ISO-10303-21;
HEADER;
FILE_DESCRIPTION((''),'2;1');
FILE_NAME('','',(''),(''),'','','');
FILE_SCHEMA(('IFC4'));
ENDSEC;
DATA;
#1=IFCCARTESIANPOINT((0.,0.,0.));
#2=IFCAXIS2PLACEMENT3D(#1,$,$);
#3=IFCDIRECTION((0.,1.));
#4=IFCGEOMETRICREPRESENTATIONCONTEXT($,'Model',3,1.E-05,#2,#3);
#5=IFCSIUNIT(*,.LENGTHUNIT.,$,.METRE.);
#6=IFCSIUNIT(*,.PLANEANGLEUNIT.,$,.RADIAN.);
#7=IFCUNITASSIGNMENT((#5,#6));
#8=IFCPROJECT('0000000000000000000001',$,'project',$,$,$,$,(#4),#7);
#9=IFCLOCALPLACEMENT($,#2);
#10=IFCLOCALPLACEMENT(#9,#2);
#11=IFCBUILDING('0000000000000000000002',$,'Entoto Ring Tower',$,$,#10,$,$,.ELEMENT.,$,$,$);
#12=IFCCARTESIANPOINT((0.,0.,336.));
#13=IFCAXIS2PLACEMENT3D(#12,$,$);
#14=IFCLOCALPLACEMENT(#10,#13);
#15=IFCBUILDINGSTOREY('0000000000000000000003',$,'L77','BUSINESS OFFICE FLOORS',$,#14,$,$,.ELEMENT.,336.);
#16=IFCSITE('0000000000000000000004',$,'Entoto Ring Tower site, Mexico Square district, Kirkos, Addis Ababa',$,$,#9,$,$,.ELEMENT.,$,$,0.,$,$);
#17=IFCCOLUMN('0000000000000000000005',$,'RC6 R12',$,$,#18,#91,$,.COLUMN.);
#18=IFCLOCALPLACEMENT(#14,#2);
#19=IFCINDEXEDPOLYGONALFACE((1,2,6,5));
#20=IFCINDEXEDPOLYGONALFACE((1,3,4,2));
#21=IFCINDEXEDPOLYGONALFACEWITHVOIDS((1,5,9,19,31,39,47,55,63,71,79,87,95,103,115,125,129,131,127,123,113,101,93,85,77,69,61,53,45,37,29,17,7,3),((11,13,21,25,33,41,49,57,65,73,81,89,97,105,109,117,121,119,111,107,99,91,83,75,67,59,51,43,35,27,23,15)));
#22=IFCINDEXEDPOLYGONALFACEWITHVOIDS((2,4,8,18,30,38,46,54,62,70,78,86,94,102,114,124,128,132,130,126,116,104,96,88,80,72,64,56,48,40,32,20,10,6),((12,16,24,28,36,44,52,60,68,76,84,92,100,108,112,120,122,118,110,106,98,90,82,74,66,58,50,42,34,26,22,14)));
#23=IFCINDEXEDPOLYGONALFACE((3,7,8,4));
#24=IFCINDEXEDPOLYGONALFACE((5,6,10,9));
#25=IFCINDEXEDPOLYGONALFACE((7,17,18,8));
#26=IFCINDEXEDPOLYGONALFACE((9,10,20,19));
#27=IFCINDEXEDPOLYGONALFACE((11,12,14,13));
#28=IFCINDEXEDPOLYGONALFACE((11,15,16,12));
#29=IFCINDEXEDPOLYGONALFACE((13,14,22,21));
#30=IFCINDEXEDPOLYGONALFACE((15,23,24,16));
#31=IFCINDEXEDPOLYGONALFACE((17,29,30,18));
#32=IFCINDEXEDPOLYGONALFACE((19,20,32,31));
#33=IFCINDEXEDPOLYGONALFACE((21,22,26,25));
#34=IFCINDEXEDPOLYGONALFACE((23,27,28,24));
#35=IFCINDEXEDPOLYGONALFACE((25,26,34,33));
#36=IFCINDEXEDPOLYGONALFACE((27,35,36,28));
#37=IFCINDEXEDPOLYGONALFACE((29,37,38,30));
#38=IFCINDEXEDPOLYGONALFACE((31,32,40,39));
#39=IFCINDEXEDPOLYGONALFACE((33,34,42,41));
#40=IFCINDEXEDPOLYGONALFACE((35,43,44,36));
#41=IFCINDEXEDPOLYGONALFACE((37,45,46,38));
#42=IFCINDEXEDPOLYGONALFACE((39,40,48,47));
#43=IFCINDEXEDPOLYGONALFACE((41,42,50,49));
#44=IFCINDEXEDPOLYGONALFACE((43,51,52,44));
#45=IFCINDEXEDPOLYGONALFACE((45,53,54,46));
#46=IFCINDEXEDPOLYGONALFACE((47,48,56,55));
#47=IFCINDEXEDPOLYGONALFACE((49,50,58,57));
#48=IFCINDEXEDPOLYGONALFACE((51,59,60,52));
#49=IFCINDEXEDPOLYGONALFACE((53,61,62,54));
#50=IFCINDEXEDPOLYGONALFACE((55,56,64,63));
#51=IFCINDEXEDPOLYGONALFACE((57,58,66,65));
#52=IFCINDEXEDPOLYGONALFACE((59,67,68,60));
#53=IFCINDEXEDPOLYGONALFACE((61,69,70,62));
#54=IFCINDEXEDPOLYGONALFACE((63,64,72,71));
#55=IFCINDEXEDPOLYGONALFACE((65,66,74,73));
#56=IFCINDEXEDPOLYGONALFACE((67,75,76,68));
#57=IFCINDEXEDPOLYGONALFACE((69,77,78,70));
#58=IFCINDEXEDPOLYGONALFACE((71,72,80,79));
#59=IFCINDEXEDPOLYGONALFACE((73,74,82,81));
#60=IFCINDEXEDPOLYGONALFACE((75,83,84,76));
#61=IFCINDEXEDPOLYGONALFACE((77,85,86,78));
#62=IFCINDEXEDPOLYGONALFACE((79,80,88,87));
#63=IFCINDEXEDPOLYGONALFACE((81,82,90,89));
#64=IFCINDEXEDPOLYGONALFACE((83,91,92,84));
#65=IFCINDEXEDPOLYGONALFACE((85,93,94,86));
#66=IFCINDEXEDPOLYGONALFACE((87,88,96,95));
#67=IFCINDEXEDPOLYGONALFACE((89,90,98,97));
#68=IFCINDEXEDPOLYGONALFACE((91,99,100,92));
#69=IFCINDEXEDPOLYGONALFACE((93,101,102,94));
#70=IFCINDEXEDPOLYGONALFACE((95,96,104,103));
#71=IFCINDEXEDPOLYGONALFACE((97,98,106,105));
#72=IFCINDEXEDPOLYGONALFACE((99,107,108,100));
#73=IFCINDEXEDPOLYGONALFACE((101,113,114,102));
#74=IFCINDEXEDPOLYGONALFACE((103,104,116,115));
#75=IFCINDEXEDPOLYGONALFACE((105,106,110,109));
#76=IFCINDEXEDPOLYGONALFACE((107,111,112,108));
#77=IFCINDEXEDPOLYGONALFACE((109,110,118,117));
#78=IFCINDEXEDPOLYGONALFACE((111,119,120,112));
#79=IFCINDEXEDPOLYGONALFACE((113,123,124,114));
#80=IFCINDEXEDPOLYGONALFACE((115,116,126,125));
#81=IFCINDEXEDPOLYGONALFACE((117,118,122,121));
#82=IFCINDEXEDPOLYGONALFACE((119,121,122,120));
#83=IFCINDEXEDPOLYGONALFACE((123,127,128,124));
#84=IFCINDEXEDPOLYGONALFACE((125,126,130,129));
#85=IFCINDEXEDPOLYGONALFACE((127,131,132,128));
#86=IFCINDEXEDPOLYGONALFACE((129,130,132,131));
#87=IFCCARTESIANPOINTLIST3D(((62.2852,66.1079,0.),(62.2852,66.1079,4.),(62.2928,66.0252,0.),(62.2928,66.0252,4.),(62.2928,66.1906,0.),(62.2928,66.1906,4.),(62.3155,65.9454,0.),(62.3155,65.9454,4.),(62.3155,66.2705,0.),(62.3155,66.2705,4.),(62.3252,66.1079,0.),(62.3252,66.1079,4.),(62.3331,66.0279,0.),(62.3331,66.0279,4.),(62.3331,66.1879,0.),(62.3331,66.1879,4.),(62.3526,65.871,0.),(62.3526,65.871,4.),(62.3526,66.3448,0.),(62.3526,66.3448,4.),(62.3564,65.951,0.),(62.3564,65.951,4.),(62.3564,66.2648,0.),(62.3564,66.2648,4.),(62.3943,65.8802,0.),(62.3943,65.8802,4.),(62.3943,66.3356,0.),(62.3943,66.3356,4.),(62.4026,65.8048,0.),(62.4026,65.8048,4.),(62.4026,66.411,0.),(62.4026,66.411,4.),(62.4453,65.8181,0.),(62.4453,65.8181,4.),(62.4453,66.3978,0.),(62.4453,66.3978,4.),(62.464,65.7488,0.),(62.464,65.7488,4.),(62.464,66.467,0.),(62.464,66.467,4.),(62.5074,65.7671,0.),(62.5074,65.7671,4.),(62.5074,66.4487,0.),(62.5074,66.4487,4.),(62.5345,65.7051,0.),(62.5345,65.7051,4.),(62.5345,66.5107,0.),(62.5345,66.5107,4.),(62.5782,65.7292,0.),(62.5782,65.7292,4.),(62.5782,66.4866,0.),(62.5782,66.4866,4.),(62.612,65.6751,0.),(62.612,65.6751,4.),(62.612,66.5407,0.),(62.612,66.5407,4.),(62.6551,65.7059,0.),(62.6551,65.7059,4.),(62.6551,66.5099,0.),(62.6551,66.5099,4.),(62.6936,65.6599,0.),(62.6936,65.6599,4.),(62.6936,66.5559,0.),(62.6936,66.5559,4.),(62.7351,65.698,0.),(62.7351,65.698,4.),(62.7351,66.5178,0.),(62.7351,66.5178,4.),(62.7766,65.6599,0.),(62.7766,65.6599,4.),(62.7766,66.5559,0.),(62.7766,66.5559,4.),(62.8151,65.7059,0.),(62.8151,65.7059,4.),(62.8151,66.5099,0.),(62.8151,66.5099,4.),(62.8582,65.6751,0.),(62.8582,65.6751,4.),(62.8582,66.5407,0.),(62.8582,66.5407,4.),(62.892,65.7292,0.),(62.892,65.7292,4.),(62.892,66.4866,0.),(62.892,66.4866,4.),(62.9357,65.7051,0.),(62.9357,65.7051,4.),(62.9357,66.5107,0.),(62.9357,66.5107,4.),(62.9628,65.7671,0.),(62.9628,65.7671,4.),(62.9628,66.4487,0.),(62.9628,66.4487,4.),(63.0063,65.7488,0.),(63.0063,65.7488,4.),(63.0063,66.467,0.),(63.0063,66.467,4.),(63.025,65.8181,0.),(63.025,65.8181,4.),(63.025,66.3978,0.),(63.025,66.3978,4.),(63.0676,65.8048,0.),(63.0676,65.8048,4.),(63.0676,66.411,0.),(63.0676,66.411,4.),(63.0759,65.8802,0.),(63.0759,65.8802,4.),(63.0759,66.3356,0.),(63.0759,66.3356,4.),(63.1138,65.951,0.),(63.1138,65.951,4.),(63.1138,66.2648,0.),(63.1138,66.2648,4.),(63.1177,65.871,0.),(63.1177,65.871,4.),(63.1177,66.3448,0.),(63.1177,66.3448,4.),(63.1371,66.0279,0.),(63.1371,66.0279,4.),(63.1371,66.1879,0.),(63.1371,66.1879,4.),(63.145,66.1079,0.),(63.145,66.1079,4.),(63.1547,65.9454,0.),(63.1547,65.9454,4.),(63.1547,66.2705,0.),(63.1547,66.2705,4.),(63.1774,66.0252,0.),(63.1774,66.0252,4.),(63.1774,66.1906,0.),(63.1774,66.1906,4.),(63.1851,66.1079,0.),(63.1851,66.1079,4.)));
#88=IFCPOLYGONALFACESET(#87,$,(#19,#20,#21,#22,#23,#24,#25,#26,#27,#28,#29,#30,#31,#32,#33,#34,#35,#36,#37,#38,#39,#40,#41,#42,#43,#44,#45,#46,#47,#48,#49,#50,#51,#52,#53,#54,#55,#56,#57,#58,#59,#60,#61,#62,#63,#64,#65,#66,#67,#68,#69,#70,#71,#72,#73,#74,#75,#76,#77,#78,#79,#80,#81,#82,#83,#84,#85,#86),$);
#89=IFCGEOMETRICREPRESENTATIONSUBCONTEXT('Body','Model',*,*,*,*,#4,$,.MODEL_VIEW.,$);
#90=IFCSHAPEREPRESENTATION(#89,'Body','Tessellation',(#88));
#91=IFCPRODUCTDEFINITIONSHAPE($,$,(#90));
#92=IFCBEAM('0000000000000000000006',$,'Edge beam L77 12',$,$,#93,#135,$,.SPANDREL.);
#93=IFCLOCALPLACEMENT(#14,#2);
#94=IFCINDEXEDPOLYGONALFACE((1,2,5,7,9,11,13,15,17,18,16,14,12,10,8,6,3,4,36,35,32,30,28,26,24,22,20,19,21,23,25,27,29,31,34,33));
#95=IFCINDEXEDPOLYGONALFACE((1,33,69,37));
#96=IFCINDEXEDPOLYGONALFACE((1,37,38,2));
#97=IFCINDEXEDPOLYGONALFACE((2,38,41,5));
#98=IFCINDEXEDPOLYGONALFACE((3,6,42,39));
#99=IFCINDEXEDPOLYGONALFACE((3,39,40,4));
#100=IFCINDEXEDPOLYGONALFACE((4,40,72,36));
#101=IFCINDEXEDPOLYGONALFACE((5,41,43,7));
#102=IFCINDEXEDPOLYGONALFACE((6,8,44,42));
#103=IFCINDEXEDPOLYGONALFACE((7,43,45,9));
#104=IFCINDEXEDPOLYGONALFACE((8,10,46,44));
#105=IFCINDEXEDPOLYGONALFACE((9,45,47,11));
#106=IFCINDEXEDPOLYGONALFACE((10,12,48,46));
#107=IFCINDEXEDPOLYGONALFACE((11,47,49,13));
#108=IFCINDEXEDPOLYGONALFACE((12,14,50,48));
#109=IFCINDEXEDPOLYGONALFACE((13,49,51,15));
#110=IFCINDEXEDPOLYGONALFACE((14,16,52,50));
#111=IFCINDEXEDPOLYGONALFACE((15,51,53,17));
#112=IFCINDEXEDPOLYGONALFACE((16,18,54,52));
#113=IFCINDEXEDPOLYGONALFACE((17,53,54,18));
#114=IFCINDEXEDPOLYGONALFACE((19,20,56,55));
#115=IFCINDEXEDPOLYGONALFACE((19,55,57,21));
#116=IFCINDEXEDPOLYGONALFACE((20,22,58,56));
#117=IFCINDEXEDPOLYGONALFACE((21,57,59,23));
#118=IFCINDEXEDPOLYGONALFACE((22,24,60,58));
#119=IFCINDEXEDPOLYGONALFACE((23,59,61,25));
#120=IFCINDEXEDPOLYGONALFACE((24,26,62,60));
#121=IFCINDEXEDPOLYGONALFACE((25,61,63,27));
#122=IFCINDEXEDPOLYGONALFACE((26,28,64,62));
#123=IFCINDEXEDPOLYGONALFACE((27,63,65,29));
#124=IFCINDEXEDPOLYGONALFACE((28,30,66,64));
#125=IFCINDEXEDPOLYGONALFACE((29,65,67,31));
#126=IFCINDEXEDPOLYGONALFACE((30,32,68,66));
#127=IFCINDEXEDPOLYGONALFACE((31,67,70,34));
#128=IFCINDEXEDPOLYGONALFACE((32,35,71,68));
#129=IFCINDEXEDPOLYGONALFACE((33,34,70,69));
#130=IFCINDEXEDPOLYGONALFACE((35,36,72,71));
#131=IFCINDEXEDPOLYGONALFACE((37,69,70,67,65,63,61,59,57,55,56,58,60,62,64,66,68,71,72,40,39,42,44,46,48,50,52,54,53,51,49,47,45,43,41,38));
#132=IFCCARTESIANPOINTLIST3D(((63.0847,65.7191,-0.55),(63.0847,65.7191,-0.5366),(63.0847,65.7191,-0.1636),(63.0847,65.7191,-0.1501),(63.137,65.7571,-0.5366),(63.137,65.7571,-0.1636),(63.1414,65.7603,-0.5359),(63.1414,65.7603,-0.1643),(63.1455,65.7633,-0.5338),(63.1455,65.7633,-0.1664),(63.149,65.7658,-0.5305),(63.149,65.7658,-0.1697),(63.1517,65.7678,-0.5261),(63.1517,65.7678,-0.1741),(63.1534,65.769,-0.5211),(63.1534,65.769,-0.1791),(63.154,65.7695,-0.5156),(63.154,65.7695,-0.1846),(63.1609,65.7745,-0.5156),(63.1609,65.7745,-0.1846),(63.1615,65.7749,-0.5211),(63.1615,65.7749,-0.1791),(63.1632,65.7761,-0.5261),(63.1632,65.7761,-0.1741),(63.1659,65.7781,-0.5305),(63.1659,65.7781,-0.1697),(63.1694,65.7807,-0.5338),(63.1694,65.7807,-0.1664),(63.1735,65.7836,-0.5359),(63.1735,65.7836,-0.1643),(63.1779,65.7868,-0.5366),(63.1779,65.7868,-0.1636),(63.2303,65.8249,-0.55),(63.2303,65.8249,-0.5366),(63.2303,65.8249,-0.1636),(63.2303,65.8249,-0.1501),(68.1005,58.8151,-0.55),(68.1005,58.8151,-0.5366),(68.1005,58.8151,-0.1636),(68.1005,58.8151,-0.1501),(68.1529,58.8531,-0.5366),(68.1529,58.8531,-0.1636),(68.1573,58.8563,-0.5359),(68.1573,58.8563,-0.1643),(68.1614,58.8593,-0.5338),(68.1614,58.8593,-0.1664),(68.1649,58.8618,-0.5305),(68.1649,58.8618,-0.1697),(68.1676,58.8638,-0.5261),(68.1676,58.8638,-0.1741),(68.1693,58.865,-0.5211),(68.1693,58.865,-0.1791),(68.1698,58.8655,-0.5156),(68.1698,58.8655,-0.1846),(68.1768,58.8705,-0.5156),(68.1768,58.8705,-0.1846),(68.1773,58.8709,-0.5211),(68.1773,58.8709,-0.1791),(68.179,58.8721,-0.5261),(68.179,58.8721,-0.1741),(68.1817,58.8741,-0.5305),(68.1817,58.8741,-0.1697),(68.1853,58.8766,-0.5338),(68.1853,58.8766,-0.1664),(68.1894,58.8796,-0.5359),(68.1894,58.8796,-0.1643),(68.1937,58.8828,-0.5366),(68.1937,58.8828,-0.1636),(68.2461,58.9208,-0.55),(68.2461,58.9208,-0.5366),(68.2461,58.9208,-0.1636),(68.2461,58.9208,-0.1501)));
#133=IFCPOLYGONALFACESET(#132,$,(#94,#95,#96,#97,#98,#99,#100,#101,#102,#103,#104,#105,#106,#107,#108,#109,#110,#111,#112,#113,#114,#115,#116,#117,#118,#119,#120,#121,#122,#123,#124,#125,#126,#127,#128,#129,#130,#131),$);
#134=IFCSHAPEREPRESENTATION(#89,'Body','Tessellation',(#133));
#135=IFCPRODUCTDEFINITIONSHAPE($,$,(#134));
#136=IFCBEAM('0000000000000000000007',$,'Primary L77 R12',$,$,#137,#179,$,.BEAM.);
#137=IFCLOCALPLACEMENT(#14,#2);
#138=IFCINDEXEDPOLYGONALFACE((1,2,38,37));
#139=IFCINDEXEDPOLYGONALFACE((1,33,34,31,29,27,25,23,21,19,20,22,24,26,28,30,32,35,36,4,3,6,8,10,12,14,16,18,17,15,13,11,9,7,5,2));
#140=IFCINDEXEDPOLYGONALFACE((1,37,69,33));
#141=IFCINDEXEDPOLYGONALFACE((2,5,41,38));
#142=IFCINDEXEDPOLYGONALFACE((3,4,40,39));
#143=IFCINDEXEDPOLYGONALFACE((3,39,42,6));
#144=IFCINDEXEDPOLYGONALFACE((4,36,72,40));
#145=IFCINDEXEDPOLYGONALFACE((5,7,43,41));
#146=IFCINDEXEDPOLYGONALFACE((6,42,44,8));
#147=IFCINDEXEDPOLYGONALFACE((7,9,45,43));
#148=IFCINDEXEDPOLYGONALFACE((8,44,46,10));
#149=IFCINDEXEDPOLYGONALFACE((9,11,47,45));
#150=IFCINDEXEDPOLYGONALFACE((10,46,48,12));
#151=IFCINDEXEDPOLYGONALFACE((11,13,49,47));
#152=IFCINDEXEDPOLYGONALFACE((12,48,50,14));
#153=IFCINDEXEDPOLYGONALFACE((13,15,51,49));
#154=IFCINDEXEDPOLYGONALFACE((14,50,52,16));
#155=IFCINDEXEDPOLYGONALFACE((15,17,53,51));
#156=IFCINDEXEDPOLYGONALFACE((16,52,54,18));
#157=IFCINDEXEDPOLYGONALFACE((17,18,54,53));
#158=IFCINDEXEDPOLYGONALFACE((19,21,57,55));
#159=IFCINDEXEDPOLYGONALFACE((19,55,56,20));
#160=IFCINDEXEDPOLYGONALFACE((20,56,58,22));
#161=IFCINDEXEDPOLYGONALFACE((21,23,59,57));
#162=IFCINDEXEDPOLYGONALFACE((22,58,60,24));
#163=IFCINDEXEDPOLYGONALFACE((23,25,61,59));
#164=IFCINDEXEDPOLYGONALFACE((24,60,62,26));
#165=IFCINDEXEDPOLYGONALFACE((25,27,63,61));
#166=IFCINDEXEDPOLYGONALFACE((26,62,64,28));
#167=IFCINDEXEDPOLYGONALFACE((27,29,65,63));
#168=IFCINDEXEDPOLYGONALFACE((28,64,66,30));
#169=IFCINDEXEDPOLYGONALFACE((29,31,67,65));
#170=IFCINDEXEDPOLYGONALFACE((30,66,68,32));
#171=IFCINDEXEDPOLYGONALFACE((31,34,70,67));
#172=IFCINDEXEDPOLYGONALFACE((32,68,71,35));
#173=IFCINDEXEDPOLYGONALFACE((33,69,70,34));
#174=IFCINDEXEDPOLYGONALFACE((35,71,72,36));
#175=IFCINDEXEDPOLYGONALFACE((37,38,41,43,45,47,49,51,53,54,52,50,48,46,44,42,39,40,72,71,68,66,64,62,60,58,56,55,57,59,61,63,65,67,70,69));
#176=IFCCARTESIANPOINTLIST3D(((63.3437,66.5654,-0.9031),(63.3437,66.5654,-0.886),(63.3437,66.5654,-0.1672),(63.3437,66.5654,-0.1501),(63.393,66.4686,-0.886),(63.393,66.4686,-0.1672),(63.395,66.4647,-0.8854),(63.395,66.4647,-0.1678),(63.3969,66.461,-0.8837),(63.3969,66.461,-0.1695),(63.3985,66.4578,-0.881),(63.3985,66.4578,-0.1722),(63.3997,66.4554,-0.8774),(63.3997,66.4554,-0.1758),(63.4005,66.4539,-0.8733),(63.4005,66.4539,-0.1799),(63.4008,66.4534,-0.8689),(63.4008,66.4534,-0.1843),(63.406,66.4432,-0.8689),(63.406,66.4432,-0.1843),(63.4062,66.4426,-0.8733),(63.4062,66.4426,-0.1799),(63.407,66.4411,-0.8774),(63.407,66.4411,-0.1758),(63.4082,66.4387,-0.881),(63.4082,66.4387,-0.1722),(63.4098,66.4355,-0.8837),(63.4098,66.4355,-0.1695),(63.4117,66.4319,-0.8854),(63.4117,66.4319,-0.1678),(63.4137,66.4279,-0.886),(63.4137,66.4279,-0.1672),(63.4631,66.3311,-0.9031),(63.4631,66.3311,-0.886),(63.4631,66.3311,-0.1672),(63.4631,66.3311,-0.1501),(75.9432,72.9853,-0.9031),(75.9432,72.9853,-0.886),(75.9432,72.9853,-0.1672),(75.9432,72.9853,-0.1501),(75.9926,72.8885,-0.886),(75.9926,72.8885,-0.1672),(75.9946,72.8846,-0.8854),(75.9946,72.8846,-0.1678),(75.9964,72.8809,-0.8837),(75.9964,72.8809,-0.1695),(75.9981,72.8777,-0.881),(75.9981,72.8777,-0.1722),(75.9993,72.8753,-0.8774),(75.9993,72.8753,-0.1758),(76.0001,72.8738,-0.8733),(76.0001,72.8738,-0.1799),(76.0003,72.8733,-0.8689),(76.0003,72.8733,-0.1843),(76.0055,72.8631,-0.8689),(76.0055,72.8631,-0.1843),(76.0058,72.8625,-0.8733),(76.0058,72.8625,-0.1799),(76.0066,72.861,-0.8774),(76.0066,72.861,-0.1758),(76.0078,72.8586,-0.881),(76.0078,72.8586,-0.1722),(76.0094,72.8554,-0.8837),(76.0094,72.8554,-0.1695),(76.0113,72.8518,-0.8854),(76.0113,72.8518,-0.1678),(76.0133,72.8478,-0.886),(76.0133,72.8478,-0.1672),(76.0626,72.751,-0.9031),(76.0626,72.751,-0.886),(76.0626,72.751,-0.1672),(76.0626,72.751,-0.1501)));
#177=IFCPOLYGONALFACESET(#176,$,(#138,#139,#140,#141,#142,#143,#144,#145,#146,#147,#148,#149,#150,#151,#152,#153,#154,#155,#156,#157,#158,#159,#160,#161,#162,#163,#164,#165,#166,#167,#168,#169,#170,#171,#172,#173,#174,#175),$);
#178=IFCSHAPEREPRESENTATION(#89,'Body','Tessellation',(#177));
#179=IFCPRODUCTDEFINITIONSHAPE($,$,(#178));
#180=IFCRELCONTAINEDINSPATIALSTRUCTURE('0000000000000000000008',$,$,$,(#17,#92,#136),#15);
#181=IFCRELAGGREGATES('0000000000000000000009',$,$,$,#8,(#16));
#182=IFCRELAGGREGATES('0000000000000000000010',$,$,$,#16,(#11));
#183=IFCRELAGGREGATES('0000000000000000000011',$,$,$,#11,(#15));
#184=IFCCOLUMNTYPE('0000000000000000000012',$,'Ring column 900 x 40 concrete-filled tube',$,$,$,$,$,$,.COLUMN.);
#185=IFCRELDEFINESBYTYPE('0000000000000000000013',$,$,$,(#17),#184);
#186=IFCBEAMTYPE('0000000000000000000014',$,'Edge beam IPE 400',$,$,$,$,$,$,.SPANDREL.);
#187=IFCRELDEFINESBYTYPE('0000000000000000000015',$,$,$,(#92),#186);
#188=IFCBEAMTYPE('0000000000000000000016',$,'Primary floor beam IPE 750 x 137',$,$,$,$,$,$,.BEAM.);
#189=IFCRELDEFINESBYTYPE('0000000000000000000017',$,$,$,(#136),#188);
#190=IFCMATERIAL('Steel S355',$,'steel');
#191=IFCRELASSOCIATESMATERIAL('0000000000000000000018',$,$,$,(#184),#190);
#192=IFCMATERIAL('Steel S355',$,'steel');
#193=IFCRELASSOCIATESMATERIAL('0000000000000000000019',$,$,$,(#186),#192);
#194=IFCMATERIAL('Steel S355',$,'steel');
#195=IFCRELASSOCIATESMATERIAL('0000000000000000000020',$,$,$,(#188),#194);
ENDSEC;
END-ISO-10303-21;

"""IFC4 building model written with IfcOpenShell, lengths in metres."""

from ifc_helpers import new_model, si_unit, direction, frame, origin, origin_2d, place, context, subcontext, project, spatial, circle, hollow_circle, i_section, extrude, material, material_profile, profile_set, type_object, element, save


model = new_model("IFC4")

# Units and contexts
model_context = context("Model", 3, precision=1e-05, world=origin(), true_north=direction((0.0, 1.0)))
body_context = subcontext(model_context, "Body", "Model", "MODEL_VIEW")
ifc_project = project(units=[si_unit("LENGTHUNIT", "METRE"), si_unit("PLANEANGLEUNIT", "RADIAN")], contexts=[model_context])

# Site, building, storey
site_placement = place(None, origin())
site = spatial("IfcSite", under=ifc_project, at=site_placement, Name="Entoto Ring Tower site, Mexico Square district, Kirkos, Addis Ababa", CompositionType="ELEMENT", RefElevation=0.0)
building_placement = place(site_placement, origin())
building = spatial("IfcBuilding", under=site, at=building_placement, Name="Entoto Ring Tower", CompositionType="ELEMENT")
storey_placement = place(building_placement, frame((0.0, 0.0, 336.0)))
storey = spatial("IfcBuildingStorey", under=building, at=storey_placement, Name="L77", Description="BUSINESS OFFICE FLOORS", CompositionType="ELEMENT", Elevation=336.0)

# Column
ifc_material_1 = material(Name="Steel S355", Category="steel")
ifc_material_profile_1 = material_profile(ifc_material_1, hollow_circle(Radius=0.45, WallThickness=0.04, at=origin_2d()), Name="CHS 900 x 40")
ifc_material_2 = material(Name="Concrete C60/75", Category="concrete")
ifc_material_profile_2 = material_profile(ifc_material_2, circle(Radius=0.4099, at=origin_2d()), Name="Concrete C60/75 infill")
ifc_profile_set_1 = profile_set([ifc_material_profile_1, ifc_material_profile_2], Name="Steel S355")
column_type = type_object("IfcColumnType", Name="Ring column 900 x 40 concrete-filled tube", PredefinedType="COLUMN", material=ifc_profile_set_1)
column_placement = place(storey_placement, frame((62.7351, 66.1079, 0.0), z_axis=(0.0, 0.0, 1.0), x_axis=(1.0, 0.0, 0.0)))
element("IfcColumn", 1, at=column_placement, inside=storey, type_object=column_type, Name="RC6 R12", PredefinedType="COLUMN", context=body_context, shape_type="SweptSolid", body=[
    extrude(hollow_circle(Radius=0.45, WallThickness=0.04, at=origin_2d()), origin(), (0.0, 0.0, 1.0), 4.0),
])

# Beams
ifc_material_3 = material(Name="Steel S355", Category="steel")
ifc_material_profile_3 = material_profile(ifc_material_3, i_section(OverallWidth=0.1799, OverallDepth=0.3999, WebThickness=0.0085, FlangeThickness=0.0134, FilletRadius=0.021, at=origin_2d()), Name="IPE 400")
ifc_profile_set_2 = profile_set([ifc_material_profile_3], Name="Steel S355")
beam_type_1 = type_object("IfcBeamType", Name="Edge beam IPE 400", PredefinedType="SPANDREL", material=ifc_profile_set_2)
beam_1_placement = place(storey_placement, frame((63.1575, 65.772, -0.3501), z_axis=(0.587768, -0.809029, 0.0), x_axis=(0.809029, 0.587768, 0.0)))
element("IfcBeam", 2, at=beam_1_placement, inside=storey, type_object=beam_type_1, Name="Edge beam L77 12", PredefinedType="SPANDREL", context=body_context, shape_type="SweptSolid", body=[
    extrude(i_section(OverallWidth=0.1799, OverallDepth=0.3999, WebThickness=0.0085, FlangeThickness=0.0134, FilletRadius=0.021, at=origin_2d()), origin(), (0.0, 0.0, 1.0), 8.5337),
])
ifc_material_4 = material(Name="Steel S355", Category="steel")
ifc_material_profile_4 = material_profile(ifc_material_4, i_section(OverallWidth=0.2629, OverallDepth=0.7529, WebThickness=0.0115, FlangeThickness=0.0171, FilletRadius=0.0171, at=origin_2d()), Name="IPE 750 x 137")
ifc_profile_set_3 = profile_set([ifc_material_profile_4], Name="Steel S355")
beam_type_2 = type_object("IfcBeamType", Name="Primary floor beam IPE 750 x 137", PredefinedType="BEAM", material=ifc_profile_set_3)
beam_2_placement = place(storey_placement, frame((76.0029, 72.8682, -0.5266), z_axis=(-0.891004, -0.453996, 0.0), x_axis=(0.453996, -0.891004, 0.0)))
element("IfcBeam", 3, at=beam_2_placement, inside=storey, type_object=beam_type_2, Name="Primary L77 R12", PredefinedType="BEAM", context=body_context, shape_type="SweptSolid", body=[
    extrude(i_section(OverallWidth=0.2629, OverallDepth=0.7529, WebThickness=0.0115, FlangeThickness=0.0171, FilletRadius=0.0171, at=origin_2d()), origin(), (0.0, 0.0, 1.0), 14.1409),
])

save(model, "model.ifc")
